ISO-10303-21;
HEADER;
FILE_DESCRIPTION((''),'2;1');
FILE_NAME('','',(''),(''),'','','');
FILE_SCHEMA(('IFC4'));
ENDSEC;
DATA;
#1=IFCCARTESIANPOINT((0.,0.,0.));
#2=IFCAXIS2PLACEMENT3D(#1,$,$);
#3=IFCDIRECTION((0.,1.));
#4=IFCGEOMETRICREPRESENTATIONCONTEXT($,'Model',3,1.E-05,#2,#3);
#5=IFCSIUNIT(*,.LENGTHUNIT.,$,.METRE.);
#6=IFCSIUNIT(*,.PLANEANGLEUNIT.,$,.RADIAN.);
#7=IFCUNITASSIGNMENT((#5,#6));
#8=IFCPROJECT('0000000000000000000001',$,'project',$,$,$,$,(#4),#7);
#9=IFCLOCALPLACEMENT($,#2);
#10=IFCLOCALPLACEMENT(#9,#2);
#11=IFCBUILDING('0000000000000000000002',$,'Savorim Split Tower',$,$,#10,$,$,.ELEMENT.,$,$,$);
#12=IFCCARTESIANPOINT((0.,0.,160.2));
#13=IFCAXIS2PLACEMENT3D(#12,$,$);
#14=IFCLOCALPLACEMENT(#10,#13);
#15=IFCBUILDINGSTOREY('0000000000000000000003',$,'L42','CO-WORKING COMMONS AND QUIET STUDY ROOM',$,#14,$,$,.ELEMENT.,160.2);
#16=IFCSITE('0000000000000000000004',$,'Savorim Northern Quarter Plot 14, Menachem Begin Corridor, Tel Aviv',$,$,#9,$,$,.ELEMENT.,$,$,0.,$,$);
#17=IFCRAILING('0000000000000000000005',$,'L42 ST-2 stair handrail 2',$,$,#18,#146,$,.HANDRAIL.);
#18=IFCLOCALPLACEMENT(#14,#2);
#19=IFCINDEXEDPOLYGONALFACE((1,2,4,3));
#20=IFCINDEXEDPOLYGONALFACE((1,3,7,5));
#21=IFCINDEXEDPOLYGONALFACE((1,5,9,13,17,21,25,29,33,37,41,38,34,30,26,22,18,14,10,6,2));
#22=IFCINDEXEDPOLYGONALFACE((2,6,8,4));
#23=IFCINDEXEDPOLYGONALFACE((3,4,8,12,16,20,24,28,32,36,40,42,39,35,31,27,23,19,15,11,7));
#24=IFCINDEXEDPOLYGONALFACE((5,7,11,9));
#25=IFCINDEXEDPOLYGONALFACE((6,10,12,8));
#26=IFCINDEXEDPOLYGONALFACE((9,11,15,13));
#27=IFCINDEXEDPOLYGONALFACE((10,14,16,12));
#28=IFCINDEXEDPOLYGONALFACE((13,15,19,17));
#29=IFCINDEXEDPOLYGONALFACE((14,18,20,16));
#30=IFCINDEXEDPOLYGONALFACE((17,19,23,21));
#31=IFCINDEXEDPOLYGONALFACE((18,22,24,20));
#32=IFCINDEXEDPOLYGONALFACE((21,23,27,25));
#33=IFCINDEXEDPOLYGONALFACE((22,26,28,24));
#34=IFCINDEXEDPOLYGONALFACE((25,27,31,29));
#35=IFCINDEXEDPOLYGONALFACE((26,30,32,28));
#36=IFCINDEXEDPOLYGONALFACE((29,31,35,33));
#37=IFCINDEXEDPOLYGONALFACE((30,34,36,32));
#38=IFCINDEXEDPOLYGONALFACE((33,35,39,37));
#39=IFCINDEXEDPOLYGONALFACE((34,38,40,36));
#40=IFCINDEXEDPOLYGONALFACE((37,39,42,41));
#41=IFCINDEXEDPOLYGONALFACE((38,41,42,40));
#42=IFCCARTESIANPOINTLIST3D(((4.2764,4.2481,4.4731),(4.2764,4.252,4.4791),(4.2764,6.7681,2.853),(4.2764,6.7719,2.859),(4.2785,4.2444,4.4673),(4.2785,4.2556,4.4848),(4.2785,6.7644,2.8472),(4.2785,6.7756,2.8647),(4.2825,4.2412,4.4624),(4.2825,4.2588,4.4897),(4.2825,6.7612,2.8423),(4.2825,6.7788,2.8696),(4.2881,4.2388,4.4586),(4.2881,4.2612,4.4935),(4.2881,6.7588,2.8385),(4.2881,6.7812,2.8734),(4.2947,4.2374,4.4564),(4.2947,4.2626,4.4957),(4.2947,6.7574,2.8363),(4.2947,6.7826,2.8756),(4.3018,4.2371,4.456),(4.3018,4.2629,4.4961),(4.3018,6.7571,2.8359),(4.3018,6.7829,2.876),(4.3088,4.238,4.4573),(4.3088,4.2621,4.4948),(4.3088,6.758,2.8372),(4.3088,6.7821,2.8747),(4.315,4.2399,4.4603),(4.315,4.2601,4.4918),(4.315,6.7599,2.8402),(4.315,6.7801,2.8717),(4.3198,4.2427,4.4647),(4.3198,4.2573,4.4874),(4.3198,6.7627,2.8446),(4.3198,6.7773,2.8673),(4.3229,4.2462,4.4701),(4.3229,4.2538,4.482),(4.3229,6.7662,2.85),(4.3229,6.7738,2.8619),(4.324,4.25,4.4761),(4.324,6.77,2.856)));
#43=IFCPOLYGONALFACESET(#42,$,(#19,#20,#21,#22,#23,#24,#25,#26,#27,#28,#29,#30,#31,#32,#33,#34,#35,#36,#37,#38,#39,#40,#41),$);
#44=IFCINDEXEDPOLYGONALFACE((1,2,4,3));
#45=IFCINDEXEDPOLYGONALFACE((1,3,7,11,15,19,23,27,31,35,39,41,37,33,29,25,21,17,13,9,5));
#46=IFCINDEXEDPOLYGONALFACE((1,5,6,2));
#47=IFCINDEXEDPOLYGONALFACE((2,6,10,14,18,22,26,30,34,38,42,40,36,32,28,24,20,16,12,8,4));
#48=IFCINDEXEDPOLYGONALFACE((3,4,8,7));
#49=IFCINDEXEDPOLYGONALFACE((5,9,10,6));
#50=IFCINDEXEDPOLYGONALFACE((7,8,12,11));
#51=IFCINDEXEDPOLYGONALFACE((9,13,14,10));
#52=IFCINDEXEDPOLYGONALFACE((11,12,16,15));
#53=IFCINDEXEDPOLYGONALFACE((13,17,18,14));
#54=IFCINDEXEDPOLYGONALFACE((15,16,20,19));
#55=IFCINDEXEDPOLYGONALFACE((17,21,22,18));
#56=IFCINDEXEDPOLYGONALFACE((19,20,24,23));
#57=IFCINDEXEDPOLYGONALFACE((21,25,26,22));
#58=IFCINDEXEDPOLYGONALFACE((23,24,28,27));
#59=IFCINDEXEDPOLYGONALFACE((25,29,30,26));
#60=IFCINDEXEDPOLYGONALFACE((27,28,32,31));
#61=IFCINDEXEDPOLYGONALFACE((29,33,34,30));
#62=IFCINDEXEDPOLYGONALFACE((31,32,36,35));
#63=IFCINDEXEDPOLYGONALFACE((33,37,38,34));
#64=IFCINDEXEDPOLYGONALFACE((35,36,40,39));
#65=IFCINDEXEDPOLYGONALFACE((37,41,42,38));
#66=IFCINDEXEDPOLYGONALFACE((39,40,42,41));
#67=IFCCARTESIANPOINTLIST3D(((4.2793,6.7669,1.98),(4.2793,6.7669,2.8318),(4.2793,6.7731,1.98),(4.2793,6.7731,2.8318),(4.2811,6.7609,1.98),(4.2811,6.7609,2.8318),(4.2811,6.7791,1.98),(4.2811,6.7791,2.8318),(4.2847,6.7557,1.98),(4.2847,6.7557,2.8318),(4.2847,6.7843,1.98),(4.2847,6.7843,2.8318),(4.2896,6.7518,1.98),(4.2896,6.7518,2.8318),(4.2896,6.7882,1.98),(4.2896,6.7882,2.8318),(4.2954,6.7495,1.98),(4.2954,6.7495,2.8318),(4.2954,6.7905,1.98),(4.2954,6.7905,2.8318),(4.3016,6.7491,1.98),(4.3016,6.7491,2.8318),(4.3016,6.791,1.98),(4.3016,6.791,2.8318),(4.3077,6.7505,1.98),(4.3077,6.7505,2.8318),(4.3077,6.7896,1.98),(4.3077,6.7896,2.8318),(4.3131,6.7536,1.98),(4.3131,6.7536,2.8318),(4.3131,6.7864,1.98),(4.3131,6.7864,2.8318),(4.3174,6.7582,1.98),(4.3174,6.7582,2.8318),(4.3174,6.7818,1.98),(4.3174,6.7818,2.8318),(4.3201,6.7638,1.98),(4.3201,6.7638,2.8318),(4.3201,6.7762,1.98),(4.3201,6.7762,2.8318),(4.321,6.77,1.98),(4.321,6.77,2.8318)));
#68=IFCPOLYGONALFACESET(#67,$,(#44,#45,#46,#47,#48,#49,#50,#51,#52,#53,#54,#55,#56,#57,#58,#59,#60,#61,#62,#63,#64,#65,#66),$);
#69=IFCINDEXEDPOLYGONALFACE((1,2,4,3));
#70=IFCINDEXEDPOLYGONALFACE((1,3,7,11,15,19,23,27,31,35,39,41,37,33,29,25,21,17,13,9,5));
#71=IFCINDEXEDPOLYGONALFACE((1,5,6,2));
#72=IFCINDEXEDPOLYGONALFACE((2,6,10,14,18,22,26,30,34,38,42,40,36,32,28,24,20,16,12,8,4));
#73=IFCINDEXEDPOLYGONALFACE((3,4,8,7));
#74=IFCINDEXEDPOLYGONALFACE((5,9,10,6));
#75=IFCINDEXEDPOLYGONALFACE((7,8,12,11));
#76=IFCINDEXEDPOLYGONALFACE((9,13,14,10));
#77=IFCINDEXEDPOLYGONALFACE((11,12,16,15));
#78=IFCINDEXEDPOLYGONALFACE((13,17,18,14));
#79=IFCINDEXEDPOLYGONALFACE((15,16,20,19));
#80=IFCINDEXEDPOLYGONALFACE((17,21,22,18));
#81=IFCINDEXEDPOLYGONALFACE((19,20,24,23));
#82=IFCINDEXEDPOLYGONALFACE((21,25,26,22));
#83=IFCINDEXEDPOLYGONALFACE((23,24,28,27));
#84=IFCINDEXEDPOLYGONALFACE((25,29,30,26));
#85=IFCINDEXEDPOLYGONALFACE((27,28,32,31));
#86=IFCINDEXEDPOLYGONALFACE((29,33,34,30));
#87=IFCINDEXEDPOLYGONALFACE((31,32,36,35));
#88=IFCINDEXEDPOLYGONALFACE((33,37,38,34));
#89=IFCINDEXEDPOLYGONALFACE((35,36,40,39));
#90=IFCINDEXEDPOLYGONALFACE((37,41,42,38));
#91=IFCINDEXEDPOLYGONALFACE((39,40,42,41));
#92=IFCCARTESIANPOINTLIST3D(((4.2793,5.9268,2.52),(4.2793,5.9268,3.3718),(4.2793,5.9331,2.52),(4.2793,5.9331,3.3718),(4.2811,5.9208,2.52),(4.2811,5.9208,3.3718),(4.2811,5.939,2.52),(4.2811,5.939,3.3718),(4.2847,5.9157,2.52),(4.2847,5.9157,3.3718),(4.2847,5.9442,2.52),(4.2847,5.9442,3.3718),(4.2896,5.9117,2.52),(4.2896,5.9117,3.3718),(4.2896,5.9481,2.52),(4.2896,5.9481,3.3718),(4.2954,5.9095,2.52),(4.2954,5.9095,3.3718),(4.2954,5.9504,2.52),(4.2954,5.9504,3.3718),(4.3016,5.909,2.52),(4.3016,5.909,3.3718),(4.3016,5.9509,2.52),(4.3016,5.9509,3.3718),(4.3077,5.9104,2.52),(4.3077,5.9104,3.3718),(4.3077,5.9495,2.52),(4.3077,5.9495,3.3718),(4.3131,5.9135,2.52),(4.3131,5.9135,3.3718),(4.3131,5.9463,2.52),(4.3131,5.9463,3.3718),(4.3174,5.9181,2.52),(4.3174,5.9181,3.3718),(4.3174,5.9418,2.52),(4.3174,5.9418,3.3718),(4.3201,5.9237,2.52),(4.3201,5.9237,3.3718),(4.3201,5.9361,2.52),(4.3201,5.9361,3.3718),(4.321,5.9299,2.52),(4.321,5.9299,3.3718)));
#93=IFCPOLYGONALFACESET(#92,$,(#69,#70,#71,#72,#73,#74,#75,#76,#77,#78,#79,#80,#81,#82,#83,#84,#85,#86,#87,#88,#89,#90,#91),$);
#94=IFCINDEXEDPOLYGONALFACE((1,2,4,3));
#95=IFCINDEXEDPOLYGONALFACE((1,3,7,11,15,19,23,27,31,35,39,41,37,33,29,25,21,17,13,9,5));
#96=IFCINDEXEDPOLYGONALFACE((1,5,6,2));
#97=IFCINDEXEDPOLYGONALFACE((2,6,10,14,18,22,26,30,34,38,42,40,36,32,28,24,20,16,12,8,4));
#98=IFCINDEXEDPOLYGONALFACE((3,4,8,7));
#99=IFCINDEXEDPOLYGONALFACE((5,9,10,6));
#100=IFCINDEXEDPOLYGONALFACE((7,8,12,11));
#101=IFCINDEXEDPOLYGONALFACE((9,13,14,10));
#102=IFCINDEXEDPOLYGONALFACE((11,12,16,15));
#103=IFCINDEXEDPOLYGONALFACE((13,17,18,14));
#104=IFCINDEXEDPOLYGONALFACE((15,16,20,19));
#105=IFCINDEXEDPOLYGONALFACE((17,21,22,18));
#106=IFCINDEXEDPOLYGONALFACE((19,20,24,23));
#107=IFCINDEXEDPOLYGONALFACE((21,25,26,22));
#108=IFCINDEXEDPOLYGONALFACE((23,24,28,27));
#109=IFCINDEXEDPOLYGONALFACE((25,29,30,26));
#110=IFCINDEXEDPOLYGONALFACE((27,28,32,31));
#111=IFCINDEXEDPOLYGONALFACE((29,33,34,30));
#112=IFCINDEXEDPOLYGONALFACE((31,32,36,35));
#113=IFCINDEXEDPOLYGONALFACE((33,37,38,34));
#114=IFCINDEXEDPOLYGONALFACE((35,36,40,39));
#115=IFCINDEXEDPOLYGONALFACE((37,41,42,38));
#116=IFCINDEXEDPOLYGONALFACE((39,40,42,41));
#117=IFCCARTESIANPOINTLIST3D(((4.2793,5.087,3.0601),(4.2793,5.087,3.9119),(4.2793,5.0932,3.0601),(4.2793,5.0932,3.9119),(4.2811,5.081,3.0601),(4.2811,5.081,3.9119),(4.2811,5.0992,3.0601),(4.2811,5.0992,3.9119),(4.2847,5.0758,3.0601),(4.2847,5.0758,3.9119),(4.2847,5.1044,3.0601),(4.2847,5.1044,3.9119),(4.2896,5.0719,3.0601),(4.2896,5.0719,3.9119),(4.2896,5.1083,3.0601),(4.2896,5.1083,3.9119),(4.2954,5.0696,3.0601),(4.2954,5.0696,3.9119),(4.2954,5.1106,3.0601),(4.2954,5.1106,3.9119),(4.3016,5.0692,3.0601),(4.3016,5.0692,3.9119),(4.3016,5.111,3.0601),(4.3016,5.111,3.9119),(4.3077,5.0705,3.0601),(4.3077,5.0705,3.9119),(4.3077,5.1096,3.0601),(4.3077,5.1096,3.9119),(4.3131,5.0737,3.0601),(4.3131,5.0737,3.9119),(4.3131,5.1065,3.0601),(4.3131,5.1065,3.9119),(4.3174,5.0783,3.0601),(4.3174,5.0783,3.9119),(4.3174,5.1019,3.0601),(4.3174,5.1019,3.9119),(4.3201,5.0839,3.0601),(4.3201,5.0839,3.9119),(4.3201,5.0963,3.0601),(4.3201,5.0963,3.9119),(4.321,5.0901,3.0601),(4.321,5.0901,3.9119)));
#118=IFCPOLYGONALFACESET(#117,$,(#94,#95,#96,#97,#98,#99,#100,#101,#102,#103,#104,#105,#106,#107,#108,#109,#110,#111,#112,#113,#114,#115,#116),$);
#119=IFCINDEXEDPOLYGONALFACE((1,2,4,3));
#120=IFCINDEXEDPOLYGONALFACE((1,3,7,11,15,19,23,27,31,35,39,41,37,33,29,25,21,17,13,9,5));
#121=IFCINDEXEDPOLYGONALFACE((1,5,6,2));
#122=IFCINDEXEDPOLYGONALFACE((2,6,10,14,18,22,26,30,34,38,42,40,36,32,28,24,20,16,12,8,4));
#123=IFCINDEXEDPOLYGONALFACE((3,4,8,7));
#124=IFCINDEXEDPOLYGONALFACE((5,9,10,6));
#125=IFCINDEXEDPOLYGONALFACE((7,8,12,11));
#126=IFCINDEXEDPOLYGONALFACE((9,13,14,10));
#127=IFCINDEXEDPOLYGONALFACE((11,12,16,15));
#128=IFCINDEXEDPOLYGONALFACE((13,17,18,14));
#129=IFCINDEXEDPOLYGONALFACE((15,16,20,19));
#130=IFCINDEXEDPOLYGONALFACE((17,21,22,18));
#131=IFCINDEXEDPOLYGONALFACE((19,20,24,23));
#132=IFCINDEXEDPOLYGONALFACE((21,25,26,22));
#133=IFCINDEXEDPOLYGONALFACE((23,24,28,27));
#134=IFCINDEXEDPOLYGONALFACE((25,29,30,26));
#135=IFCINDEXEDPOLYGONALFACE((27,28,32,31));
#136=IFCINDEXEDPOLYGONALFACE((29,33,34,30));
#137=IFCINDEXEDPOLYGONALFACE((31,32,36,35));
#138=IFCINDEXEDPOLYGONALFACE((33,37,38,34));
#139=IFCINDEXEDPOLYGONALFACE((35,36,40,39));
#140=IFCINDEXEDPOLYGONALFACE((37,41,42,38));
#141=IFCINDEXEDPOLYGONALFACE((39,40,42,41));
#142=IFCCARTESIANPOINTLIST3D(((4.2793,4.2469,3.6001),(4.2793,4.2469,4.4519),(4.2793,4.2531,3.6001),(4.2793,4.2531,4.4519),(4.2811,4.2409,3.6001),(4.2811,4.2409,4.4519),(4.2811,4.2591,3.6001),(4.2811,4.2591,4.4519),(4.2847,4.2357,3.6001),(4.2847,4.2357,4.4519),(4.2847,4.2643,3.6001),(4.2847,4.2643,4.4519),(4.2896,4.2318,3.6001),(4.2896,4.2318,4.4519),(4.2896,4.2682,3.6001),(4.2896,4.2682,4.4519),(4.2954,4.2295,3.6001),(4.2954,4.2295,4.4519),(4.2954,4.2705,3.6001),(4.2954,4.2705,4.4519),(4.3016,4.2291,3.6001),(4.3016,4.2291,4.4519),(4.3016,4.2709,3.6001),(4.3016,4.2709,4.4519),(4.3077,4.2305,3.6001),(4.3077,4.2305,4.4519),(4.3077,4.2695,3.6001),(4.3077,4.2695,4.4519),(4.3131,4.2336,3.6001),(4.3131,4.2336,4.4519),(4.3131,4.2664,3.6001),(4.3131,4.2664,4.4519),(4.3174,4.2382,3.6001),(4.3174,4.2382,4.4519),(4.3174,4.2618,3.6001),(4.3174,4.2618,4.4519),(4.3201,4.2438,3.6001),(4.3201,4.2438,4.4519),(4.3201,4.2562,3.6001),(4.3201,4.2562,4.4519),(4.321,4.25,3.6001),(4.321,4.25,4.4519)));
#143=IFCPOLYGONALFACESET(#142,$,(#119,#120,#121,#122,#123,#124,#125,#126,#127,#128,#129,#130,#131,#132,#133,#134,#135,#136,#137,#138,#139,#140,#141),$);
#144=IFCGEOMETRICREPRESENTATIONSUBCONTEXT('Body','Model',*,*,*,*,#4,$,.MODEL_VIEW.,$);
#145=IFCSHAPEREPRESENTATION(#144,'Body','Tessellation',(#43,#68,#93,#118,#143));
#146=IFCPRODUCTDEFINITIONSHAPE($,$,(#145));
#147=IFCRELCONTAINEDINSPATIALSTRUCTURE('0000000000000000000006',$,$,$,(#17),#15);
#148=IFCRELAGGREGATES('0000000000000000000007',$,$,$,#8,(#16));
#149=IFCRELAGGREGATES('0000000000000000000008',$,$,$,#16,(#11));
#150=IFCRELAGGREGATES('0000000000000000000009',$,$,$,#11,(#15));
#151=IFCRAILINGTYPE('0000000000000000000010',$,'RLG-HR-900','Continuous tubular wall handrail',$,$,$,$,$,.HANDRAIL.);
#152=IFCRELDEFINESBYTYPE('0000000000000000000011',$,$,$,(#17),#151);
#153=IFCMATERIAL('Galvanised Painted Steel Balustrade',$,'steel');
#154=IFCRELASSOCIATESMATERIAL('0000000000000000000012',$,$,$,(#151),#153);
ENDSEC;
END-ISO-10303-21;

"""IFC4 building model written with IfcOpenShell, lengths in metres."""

from ifc_helpers import new_model, si_unit, direction, frame, origin, origin_2d, place, context, subcontext, project, spatial, circle, extrude, material, type_object, element, save


model = new_model("IFC4")

# Units and contexts
model_context = context("Model", 3, precision=1e-05, world=origin(), true_north=direction((0.0, 1.0)))
body_context = subcontext(model_context, "Body", "Model", "MODEL_VIEW")
ifc_project = project(units=[si_unit("LENGTHUNIT", "METRE"), si_unit("PLANEANGLEUNIT", "RADIAN")], contexts=[model_context])

# Site, building, storey
site_placement = place(None, origin())
site = spatial("IfcSite", under=ifc_project, at=site_placement, Name="Savorim Northern Quarter Plot 14, Menachem Begin Corridor, Tel Aviv", CompositionType="ELEMENT", RefElevation=0.0)
building_placement = place(site_placement, origin())
building = spatial("IfcBuilding", under=site, at=building_placement, Name="Savorim Split Tower", CompositionType="ELEMENT")
storey_placement = place(building_placement, frame((0.0, 0.0, 160.2)))
storey = spatial("IfcBuildingStorey", under=building, at=storey_placement, Name="L42", Description="CO-WORKING COMMONS AND QUIET STUDY ROOM", CompositionType="ELEMENT", Elevation=160.2)

# Railing
ifc_material_1 = material(Name="Galvanised Painted Steel Balustrade", Category="steel")
railing_type_1 = type_object("IfcRailingType", Name="RLG-HR-900", Description="Continuous tubular wall handrail", PredefinedType="HANDRAIL", material=ifc_material_1)
railing_1_placement = place(storey_placement, frame((4.3, 6.77, 1.98)))
element("IfcRailing", 1, at=railing_1_placement, inside=storey, type_object=railing_type_1, Name="L42 ST-2 stair handrail 2", PredefinedType="HANDRAIL", context=body_context, shape_type="SweptSolid", body=[
    extrude(circle(Radius=0.0239, at=origin_2d()), frame((0.0, 0.0, 0.876), z_axis=(0.0, -0.841163, 0.540782), x_axis=(1.0, 0.0, 0.0)), (0.0, 0.0, 1.0), 2.9958),
    extrude(circle(Radius=0.021, at=origin_2d()), origin(), (0.0, 0.0, 1.0), 0.8518),
    extrude(circle(Radius=0.021, at=origin_2d()), frame((0.0, -0.8401, 0.54)), (0.0, 0.0, 1.0), 0.8518),
    extrude(circle(Radius=0.021, at=origin_2d()), frame((0.0, -1.6799, 1.0801)), (0.0, 0.0, 1.0), 0.8518),
    extrude(circle(Radius=0.021, at=origin_2d()), frame((0.0, -2.52, 1.6201)), (0.0, 0.0, 1.0), 0.8518),
])

save(model, "model.ifc")
